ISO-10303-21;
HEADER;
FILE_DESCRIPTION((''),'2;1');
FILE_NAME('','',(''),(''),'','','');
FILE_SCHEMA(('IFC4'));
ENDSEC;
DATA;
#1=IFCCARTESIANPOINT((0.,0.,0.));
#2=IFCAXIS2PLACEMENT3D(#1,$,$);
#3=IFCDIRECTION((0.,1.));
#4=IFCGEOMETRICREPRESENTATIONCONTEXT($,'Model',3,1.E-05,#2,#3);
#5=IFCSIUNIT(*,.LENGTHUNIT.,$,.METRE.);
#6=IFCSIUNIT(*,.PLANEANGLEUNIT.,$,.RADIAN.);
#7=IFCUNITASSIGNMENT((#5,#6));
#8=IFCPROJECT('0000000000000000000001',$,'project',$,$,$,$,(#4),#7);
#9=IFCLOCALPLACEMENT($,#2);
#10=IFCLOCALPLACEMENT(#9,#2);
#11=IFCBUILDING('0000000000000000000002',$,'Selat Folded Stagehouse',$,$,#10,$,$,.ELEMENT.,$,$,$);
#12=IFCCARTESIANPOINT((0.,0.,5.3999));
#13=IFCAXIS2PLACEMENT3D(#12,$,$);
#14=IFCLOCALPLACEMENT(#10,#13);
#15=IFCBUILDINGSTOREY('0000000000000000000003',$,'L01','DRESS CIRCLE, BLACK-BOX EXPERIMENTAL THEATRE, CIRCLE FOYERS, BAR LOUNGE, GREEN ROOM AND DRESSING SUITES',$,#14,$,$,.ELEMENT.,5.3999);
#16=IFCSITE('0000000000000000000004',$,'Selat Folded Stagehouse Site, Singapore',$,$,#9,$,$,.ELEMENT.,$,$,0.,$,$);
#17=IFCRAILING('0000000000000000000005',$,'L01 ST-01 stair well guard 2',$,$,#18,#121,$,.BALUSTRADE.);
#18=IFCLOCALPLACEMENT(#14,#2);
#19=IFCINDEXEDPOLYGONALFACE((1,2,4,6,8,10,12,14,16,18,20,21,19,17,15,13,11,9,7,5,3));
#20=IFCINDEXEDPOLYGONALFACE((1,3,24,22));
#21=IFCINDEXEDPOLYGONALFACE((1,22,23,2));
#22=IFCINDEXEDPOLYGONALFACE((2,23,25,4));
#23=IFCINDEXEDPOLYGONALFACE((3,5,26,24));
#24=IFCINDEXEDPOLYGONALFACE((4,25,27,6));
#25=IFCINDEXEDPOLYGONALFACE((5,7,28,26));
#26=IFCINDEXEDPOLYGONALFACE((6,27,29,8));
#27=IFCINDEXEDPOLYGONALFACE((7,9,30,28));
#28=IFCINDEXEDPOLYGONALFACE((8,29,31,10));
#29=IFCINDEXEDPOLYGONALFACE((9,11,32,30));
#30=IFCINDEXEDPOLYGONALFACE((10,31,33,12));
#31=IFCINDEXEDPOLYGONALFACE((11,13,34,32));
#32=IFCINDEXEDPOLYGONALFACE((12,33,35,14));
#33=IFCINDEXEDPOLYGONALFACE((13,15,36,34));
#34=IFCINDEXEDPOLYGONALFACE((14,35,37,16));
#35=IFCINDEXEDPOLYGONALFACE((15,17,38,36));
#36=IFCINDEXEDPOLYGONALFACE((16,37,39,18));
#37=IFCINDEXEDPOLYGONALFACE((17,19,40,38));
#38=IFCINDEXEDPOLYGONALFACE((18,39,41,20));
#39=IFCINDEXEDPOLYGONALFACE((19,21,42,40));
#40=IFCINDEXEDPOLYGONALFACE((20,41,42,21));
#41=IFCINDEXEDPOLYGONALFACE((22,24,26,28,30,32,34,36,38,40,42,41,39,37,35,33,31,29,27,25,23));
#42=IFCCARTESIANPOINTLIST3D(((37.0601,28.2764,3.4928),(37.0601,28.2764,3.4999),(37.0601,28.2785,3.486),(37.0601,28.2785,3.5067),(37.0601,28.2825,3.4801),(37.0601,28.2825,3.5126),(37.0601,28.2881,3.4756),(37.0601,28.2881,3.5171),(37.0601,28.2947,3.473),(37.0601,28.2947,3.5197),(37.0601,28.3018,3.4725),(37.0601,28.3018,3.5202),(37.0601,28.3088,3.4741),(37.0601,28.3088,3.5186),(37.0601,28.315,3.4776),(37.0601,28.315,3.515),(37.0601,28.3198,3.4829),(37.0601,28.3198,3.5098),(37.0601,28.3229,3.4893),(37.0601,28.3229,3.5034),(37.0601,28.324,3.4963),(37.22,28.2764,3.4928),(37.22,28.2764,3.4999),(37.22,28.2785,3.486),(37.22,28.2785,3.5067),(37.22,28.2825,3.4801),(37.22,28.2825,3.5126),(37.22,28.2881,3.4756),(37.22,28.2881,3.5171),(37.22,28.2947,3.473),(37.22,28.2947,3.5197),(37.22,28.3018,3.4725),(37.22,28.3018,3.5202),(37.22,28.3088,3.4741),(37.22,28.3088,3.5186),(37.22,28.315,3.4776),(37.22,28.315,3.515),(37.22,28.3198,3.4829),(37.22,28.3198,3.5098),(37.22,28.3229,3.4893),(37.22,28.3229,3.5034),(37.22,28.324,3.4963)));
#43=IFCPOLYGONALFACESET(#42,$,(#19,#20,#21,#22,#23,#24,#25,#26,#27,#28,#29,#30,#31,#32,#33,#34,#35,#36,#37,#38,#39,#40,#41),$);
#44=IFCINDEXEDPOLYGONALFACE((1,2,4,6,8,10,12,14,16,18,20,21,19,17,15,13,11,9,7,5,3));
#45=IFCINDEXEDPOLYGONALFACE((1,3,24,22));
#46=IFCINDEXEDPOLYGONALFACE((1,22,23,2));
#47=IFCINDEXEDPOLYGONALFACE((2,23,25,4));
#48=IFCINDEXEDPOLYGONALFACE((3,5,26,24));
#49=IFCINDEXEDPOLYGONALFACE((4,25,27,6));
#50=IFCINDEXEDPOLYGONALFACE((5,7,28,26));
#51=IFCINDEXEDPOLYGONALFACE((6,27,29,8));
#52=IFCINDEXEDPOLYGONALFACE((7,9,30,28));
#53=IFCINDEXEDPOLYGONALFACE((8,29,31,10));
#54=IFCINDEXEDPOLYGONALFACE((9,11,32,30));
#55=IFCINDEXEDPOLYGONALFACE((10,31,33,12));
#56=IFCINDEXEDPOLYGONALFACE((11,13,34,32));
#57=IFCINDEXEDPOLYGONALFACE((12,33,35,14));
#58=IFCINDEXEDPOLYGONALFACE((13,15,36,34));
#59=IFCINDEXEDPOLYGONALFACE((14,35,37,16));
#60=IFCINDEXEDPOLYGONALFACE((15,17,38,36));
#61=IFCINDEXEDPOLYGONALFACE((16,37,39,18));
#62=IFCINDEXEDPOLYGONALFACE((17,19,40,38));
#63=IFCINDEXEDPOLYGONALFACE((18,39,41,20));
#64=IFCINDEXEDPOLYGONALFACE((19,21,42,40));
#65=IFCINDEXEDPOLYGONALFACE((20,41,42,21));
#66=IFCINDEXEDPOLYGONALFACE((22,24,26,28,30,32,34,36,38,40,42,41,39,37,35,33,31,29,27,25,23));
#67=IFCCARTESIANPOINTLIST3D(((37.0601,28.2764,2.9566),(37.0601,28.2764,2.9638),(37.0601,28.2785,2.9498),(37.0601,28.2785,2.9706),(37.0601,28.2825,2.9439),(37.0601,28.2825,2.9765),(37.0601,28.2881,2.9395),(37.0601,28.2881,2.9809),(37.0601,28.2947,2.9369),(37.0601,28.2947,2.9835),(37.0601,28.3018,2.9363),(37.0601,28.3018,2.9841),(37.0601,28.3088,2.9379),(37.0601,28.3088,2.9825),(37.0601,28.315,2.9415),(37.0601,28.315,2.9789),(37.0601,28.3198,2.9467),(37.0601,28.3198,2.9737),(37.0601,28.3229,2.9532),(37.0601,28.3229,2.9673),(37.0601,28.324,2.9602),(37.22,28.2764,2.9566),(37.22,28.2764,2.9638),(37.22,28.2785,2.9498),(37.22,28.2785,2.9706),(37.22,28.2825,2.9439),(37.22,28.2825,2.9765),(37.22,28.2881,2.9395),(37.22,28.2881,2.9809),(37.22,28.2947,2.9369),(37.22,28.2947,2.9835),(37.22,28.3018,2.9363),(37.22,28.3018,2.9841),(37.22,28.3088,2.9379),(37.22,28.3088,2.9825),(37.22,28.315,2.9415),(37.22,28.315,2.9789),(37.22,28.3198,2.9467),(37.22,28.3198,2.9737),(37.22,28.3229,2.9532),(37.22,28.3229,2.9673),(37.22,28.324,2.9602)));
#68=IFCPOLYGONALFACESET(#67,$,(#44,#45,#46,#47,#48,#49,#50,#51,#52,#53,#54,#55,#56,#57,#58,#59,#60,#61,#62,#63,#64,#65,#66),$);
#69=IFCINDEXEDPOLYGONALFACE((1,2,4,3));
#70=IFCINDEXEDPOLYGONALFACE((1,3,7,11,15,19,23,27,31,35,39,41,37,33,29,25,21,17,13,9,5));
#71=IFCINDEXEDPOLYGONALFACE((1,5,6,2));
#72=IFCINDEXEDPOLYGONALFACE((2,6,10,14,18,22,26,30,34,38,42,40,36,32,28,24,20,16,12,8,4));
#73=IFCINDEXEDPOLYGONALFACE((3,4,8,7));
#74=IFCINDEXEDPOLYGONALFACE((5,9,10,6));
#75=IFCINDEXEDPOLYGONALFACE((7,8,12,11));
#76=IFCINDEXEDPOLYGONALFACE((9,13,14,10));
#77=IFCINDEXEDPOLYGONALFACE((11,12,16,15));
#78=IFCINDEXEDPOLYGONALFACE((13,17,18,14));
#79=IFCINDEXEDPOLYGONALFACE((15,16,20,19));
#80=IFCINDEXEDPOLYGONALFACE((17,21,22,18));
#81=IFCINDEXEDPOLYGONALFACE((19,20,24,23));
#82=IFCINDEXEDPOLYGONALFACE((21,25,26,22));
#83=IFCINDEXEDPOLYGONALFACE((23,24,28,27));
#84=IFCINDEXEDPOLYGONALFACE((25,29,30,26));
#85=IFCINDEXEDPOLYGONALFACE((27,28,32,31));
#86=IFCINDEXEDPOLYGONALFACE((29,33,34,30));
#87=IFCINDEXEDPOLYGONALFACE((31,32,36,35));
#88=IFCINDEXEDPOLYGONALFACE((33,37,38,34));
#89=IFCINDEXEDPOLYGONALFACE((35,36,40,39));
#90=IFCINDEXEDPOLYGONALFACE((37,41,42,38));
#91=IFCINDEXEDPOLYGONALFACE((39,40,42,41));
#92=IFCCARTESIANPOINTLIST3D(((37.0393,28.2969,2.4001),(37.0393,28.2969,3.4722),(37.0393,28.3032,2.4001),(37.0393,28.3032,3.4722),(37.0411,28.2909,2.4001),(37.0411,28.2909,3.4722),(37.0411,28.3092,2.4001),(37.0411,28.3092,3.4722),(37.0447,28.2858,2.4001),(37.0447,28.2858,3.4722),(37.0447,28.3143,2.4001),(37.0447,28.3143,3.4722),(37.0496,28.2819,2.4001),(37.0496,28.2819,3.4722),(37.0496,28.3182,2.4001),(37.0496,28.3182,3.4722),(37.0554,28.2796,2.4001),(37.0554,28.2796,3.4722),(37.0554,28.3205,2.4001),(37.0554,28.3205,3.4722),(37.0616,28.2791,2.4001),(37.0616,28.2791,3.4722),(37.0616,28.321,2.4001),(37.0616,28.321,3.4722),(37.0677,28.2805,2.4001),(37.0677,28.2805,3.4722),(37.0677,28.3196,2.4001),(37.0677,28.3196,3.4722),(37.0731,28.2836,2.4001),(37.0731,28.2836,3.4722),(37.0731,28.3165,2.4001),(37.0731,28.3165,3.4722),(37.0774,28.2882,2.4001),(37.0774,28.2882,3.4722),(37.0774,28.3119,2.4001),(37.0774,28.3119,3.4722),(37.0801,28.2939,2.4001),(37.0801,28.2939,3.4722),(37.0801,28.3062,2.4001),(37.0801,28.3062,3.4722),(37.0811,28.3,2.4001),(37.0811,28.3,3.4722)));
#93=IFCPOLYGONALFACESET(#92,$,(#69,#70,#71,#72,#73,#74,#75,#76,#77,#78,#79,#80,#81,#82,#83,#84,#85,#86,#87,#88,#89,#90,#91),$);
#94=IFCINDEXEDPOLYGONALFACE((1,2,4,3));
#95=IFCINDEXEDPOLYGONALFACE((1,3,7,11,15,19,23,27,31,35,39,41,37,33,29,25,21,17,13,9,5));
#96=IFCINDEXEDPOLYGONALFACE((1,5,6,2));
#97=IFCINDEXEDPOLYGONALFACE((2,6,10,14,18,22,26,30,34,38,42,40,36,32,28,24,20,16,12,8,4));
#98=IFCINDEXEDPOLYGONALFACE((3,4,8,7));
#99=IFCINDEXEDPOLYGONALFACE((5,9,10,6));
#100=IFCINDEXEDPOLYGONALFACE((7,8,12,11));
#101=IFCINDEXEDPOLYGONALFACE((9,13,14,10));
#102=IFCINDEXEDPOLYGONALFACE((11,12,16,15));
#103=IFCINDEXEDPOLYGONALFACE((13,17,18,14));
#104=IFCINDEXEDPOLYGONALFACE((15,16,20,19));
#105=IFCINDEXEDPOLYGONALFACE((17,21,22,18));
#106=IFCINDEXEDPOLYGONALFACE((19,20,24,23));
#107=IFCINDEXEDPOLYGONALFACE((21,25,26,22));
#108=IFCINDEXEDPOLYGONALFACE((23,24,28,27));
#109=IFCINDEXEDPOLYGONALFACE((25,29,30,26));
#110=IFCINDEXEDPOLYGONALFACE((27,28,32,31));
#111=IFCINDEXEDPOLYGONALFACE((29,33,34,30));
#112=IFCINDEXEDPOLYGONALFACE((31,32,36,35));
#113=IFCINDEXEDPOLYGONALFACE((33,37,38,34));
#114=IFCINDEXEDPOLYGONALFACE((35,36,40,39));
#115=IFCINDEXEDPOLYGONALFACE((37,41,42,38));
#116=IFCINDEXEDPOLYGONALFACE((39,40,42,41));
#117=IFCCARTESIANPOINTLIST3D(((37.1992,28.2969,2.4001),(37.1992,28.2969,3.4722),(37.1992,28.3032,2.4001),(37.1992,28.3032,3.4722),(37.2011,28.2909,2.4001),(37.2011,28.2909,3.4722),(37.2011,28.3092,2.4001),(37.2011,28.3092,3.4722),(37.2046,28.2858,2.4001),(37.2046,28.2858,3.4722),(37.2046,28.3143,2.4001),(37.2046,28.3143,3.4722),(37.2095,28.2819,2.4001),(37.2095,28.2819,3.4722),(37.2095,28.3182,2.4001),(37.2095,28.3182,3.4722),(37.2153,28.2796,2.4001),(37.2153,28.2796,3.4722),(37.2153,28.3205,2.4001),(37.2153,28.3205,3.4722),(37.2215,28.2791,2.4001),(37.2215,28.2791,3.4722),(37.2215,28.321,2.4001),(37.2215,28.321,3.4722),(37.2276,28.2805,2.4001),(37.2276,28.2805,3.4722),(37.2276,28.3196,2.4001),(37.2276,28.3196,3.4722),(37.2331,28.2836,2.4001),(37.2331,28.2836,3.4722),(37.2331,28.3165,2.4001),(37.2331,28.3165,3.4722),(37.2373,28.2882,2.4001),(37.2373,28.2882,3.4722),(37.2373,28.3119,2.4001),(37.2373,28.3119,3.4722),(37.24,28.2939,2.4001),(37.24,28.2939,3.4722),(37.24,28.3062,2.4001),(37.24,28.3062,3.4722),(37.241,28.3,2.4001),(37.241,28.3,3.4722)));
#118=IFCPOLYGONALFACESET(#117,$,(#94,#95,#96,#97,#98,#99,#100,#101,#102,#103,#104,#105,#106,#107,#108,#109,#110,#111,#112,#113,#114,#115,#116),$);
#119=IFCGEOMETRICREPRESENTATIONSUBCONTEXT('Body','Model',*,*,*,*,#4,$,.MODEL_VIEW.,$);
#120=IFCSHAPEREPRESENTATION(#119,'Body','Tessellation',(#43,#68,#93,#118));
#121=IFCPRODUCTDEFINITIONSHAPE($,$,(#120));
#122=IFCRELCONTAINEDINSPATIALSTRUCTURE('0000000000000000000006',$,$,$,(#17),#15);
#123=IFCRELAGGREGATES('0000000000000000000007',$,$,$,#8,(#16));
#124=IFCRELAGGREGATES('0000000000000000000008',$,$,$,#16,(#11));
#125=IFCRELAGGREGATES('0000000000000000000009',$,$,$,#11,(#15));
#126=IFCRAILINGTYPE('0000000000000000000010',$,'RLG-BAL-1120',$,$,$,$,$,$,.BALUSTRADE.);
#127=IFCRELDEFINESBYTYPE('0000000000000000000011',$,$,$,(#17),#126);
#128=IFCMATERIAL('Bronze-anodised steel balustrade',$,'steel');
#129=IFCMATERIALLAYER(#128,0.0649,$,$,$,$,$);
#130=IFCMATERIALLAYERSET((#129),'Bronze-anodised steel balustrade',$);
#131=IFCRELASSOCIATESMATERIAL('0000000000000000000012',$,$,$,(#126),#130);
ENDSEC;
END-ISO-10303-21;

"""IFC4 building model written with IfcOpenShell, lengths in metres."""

from ifc_helpers import new_model, si_unit, direction, frame, origin, origin_2d, place, context, subcontext, project, spatial, circle, extrude, material, layer, layer_set, type_object, element, save


model = new_model("IFC4")

# Units and contexts
model_context = context("Model", 3, precision=1e-05, world=origin(), true_north=direction((0.0, 1.0)))
body_context = subcontext(model_context, "Body", "Model", "MODEL_VIEW")
ifc_project = project(units=[si_unit("LENGTHUNIT", "METRE"), si_unit("PLANEANGLEUNIT", "RADIAN")], contexts=[model_context])

# Site, building, storey
site_placement = place(None, origin())
site = spatial("IfcSite", under=ifc_project, at=site_placement, Name="Selat Folded Stagehouse Site, Singapore", CompositionType="ELEMENT", RefElevation=0.0)
building_placement = place(site_placement, origin())
building = spatial("IfcBuilding", under=site, at=building_placement, Name="Selat Folded Stagehouse", CompositionType="ELEMENT")
storey_placement = place(building_placement, frame((0.0, 0.0, 5.3999)))
storey = spatial("IfcBuildingStorey", under=building, at=storey_placement, Name="L01", Description="DRESS CIRCLE, BLACK-BOX EXPERIMENTAL THEATRE, CIRCLE FOYERS, BAR LOUNGE, GREEN ROOM AND DRESSING SUITES", CompositionType="ELEMENT", Elevation=5.3999)

# Railing
ifc_material_1 = material(Name="Bronze-anodised steel balustrade", Category="steel")
ifc_layer_1 = layer(ifc_material_1, 0.0649)
ifc_layer_set_1 = layer_set([ifc_layer_1], Name="Bronze-anodised steel balustrade")
railing_type_1 = type_object("IfcRailingType", Name="RLG-BAL-1120", PredefinedType="BALUSTRADE", material=ifc_layer_set_1)
railing_1_placement = place(storey_placement, frame((37.0601, 28.3, 2.4001)))
element("IfcRailing", 1, at=railing_1_placement, inside=storey, type_object=railing_type_1, Name="L01 ST-01 stair well guard 2", PredefinedType="BALUSTRADE", context=body_context, shape_type="SweptSolid", body=[
    extrude(circle(Radius=0.0239, at=origin_2d()), frame((0.0, 0.0, 1.0962), z_axis=(1.0, 0.0, 0.0), x_axis=(0.0, 1.0, 0.0)), (0.0, 0.0, 1.0), 0.1599),
    extrude(circle(Radius=0.0239, at=origin_2d()), frame((0.0, 0.0, 0.5601), z_axis=(1.0, 0.0, 0.0), x_axis=(0.0, 1.0, 0.0)), (0.0, 0.0, 1.0), 0.1599),
    extrude(circle(Radius=0.021, at=origin_2d()), origin(), (0.0, 0.0, 1.0), 1.072),
    extrude(circle(Radius=0.021, at=origin_2d()), frame((0.1599, 0.0, 0.0)), (0.0, 0.0, 1.0), 1.072),
])

save(model, "model.ifc")
